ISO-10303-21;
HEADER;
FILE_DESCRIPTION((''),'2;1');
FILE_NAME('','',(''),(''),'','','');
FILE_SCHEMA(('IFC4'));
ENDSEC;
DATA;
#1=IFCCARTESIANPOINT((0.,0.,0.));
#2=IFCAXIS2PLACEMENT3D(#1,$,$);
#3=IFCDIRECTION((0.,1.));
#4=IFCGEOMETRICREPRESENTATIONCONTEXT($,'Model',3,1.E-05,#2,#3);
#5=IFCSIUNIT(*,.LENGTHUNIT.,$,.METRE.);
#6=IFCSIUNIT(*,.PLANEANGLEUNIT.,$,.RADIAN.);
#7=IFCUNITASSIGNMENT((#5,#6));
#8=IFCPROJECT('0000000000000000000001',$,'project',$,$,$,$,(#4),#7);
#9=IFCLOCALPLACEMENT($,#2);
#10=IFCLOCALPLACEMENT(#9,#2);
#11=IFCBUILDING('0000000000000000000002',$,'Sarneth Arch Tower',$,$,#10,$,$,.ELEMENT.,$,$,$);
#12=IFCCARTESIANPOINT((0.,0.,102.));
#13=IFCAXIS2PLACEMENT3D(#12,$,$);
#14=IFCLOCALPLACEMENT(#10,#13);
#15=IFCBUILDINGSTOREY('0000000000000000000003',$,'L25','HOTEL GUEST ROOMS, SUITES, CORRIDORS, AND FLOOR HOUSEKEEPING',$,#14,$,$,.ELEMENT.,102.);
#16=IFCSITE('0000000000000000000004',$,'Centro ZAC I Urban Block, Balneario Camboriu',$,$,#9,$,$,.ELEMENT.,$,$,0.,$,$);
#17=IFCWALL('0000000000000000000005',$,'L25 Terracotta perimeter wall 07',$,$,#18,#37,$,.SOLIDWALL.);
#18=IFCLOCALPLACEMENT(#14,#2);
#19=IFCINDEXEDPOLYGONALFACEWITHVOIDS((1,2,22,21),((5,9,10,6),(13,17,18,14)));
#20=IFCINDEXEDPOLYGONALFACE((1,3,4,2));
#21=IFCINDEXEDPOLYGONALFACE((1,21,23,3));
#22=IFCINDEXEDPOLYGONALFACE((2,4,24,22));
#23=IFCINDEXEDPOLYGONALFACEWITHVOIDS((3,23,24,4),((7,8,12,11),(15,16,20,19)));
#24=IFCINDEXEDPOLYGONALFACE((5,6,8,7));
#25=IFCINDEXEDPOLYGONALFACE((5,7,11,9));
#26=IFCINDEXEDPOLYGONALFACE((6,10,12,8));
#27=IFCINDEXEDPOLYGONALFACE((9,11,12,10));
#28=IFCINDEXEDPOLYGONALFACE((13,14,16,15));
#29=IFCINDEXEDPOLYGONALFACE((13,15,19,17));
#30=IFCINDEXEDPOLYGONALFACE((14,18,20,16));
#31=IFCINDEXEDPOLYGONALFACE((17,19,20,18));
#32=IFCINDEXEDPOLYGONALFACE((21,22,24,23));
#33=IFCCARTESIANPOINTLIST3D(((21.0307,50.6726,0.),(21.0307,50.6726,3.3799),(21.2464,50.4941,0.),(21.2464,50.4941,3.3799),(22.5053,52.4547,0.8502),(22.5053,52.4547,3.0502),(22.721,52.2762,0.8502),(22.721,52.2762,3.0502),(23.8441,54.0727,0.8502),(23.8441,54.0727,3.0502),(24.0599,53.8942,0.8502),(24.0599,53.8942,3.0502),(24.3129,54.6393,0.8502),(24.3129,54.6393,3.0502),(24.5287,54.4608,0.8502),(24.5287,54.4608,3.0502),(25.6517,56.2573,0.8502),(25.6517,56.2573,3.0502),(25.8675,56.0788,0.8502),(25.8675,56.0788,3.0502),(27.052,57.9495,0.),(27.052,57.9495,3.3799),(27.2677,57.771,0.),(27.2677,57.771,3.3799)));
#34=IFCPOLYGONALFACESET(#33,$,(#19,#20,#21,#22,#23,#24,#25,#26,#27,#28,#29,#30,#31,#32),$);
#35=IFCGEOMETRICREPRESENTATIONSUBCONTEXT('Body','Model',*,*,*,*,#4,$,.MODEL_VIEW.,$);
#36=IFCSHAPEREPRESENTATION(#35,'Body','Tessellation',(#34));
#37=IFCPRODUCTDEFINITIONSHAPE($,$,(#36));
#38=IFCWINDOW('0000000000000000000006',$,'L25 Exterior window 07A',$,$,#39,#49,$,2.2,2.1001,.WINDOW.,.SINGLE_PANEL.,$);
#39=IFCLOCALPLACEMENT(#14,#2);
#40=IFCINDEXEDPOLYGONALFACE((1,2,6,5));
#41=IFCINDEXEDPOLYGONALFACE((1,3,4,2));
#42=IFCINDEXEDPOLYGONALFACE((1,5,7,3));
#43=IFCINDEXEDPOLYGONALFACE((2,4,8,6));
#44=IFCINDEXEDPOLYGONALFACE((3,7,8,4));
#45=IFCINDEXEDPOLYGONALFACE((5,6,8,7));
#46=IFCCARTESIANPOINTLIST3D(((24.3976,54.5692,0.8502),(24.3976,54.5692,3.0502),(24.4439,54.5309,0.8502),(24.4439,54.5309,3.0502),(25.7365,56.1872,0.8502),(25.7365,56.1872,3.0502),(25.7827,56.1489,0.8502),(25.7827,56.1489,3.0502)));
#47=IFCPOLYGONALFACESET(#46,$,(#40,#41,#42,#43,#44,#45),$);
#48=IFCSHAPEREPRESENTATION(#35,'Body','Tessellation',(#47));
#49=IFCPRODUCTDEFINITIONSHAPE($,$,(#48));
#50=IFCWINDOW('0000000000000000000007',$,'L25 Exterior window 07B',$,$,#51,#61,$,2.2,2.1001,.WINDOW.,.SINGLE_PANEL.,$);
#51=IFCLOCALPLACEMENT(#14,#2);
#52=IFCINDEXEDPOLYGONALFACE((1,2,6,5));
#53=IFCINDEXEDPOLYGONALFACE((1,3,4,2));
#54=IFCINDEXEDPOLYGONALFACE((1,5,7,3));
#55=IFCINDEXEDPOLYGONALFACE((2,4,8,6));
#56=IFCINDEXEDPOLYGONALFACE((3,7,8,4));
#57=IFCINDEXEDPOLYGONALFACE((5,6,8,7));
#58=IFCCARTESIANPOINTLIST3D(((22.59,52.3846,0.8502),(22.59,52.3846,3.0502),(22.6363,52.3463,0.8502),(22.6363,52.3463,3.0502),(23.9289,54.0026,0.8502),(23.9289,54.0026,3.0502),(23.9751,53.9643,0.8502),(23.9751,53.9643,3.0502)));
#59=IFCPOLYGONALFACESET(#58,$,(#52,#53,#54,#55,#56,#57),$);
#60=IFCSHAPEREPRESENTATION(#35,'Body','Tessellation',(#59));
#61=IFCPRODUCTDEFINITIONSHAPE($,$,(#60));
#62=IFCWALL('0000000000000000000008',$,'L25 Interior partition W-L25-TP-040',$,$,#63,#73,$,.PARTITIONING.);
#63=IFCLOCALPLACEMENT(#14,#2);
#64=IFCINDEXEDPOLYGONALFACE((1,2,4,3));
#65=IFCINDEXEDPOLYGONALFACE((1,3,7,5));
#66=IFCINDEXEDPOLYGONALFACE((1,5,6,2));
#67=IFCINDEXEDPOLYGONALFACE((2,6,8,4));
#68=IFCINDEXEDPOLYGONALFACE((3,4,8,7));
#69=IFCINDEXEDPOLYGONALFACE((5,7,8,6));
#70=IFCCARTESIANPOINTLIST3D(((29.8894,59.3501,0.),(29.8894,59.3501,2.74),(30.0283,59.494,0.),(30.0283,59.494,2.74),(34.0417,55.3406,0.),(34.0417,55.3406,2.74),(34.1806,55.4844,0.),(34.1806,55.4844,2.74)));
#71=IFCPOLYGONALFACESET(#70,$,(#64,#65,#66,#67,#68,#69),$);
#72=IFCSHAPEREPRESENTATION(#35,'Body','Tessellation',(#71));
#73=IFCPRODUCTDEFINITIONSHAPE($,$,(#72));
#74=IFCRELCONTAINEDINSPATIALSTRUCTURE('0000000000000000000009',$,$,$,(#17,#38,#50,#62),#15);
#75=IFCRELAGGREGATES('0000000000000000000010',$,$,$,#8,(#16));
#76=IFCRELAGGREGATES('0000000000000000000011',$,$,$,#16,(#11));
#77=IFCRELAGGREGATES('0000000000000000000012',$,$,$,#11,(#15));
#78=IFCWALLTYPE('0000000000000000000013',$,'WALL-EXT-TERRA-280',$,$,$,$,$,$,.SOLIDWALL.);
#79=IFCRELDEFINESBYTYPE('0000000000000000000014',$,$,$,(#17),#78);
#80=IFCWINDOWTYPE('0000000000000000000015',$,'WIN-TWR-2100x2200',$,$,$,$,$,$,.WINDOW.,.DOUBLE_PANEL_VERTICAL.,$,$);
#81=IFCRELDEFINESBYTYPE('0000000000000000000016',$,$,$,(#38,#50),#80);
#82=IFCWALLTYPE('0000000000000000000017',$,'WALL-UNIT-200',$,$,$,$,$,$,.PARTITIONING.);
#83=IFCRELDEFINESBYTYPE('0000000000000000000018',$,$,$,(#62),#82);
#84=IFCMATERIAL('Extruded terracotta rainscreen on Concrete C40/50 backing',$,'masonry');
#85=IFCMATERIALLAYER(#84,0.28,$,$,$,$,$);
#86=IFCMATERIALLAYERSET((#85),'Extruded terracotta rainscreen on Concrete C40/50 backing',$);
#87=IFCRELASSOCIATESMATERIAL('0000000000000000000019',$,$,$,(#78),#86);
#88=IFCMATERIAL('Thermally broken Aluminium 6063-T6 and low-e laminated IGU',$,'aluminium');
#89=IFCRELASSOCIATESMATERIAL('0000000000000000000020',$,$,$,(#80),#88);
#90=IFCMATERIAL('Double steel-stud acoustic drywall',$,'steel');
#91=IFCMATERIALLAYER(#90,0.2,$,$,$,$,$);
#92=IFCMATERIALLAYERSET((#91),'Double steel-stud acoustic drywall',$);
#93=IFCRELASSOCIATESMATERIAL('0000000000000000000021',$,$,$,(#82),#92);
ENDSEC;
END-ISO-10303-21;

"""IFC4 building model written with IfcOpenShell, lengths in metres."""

from ifc_helpers import new_model, si_unit, direction, frame, frame_2d, origin, place, context, subcontext, project, spatial, rectangle, extrude, material, layer, layer_set, type_object, element, fill, save


model = new_model("IFC4")

# Units and contexts
model_context = context("Model", 3, precision=1e-05, world=origin(), true_north=direction((0.0, 1.0)))
body_context = subcontext(model_context, "Body", "Model", "MODEL_VIEW")
ifc_project = project(units=[si_unit("LENGTHUNIT", "METRE"), si_unit("PLANEANGLEUNIT", "RADIAN")], contexts=[model_context])

# Site, building, storey
site_placement = place(None, origin())
site = spatial("IfcSite", under=ifc_project, at=site_placement, Name="Centro ZAC I Urban Block, Balneario Camboriu", CompositionType="ELEMENT", RefElevation=0.0)
building_placement = place(site_placement, origin())
building = spatial("IfcBuilding", under=site, at=building_placement, Name="Sarneth Arch Tower", CompositionType="ELEMENT")
storey_placement = place(building_placement, frame((0.0, 0.0, 102.0)))
storey = spatial("IfcBuildingStorey", under=building, at=storey_placement, Name="L25", Description="HOTEL GUEST ROOMS, SUITES, CORRIDORS, AND FLOOR HOUSEKEEPING", CompositionType="ELEMENT", Elevation=102.0)

# Wall, openings, windows
ifc_material_1 = material(Name="Extruded terracotta rainscreen on Concrete C40/50 backing", Category="masonry")
ifc_layer_1 = layer(ifc_material_1, 0.28)
ifc_layer_set_1 = layer_set([ifc_layer_1], Name="Extruded terracotta rainscreen on Concrete C40/50 backing")
wall_type_1 = type_object("IfcWallType", Name="WALL-EXT-TERRA-280", PredefinedType="SOLIDWALL", material=ifc_layer_set_1)
wall_1_placement = place(storey_placement, frame((27.1599, 57.8604, 0.0), z_axis=(0.0, 0.0, 1.0), x_axis=(-0.637506, -0.770446, 0.0)))
wall_1 = element("IfcWall", 1, at=wall_1_placement, inside=storey, type_object=wall_type_1, Name="L25 Terracotta perimeter wall 07", PredefinedType="SOLIDWALL", context=body_context, shape_type="SweptSolid", body=[
    extrude(rectangle(XDim=9.4451, YDim=0.28, at=frame_2d((4.7227, 0.0))), origin(), (0.0, 0.0, 1.0), 3.3799),
])
opening_1_placement = place(wall_1_placement, frame((2.1965, 0.0, 0.8501)))
opening_1 = element("IfcOpeningElement", 2, at=opening_1_placement, cuts=wall_1, PredefinedType="OPENING", context=body_context, shape_type="SweptSolid", body=[
    extrude(rectangle(XDim=2.1001, YDim=2.2, at=frame_2d((1.05, 1.1001))), frame((0.0, 0.1499, 0.0), z_axis=(0.0, -1.0, 0.0), x_axis=(1.0, 0.0, 0.0)), (0.0, 0.0, 1.0), 0.3),
])
opening_2_placement = place(wall_1_placement, frame((5.032, 0.0, 0.8501)))
opening_2 = element("IfcOpeningElement", 3, at=opening_2_placement, cuts=wall_1, PredefinedType="OPENING", context=body_context, shape_type="SweptSolid", body=[
    extrude(rectangle(XDim=2.1001, YDim=2.2, at=frame_2d((1.05, 1.1001))), frame((0.0, 0.1499, 0.0), z_axis=(0.0, -1.0, 0.0), x_axis=(1.0, 0.0, 0.0)), (0.0, 0.0, 1.0), 0.3),
])
ifc_material_2 = material(Name="Thermally broken Aluminium 6063-T6 and low-e laminated IGU", Category="aluminium")
window_type = type_object("IfcWindowType", Name="WIN-TWR-2100x2200", PartitioningType="DOUBLE_PANEL_VERTICAL", PredefinedType="WINDOW", material=ifc_material_2)
window_1_placement = place(opening_1_placement, origin())
window_1 = element("IfcWindow", 4, at=window_1_placement, inside=storey, type_object=window_type, Name="L25 Exterior window 07A", OverallHeight=2.2, OverallWidth=2.1001, PartitioningType="SINGLE_PANEL", PredefinedType="WINDOW", context=body_context, shape_type="SweptSolid", body=[
    extrude(rectangle(XDim=2.1001, YDim=2.2, at=frame_2d((1.05, 1.1001))), frame((0.0, 0.03, 0.0), z_axis=(0.0, -1.0, 0.0), x_axis=(1.0, 0.0, 0.0)), (0.0, 0.0, 1.0), 0.0601),
])
fill(opening_1, window_1)
window_2_placement = place(opening_2_placement, origin())
window_2 = element("IfcWindow", 5, at=window_2_placement, inside=storey, type_object=window_type, Name="L25 Exterior window 07B", OverallHeight=2.2, OverallWidth=2.1001, PartitioningType="SINGLE_PANEL", PredefinedType="WINDOW", context=body_context, shape_type="SweptSolid", body=[
    extrude(rectangle(XDim=2.1001, YDim=2.2, at=frame_2d((1.05, 1.1001))), frame((0.0, 0.03, 0.0), z_axis=(0.0, -1.0, 0.0), x_axis=(1.0, 0.0, 0.0)), (0.0, 0.0, 1.0), 0.0601),
])
fill(opening_2, window_2)

# Wall
ifc_material_3 = material(Name="Double steel-stud acoustic drywall", Category="steel")
ifc_layer_2 = layer(ifc_material_3, 0.2)
ifc_layer_set_2 = layer_set([ifc_layer_2], Name="Double steel-stud acoustic drywall")
wall_type_2 = type_object("IfcWallType", Name="WALL-UNIT-200", PredefinedType="PARTITIONING", material=ifc_layer_set_2)
wall_2_placement = place(storey_placement, frame((29.9587, 59.4221, 0.0), z_axis=(0.0, 0.0, 1.0), x_axis=(0.71937, -0.694627, 0.0)))
element("IfcWall", 6, at=wall_2_placement, inside=storey, type_object=wall_type_2, Name="L25 Interior partition W-L25-TP-040", PredefinedType="PARTITIONING", context=body_context, shape_type="SweptSolid", body=[
    extrude(rectangle(XDim=5.7722, YDim=0.2, at=frame_2d((2.8862, 0.0))), origin(), (0.0, 0.0, 1.0), 2.74),
])

save(model, "model.ifc")
